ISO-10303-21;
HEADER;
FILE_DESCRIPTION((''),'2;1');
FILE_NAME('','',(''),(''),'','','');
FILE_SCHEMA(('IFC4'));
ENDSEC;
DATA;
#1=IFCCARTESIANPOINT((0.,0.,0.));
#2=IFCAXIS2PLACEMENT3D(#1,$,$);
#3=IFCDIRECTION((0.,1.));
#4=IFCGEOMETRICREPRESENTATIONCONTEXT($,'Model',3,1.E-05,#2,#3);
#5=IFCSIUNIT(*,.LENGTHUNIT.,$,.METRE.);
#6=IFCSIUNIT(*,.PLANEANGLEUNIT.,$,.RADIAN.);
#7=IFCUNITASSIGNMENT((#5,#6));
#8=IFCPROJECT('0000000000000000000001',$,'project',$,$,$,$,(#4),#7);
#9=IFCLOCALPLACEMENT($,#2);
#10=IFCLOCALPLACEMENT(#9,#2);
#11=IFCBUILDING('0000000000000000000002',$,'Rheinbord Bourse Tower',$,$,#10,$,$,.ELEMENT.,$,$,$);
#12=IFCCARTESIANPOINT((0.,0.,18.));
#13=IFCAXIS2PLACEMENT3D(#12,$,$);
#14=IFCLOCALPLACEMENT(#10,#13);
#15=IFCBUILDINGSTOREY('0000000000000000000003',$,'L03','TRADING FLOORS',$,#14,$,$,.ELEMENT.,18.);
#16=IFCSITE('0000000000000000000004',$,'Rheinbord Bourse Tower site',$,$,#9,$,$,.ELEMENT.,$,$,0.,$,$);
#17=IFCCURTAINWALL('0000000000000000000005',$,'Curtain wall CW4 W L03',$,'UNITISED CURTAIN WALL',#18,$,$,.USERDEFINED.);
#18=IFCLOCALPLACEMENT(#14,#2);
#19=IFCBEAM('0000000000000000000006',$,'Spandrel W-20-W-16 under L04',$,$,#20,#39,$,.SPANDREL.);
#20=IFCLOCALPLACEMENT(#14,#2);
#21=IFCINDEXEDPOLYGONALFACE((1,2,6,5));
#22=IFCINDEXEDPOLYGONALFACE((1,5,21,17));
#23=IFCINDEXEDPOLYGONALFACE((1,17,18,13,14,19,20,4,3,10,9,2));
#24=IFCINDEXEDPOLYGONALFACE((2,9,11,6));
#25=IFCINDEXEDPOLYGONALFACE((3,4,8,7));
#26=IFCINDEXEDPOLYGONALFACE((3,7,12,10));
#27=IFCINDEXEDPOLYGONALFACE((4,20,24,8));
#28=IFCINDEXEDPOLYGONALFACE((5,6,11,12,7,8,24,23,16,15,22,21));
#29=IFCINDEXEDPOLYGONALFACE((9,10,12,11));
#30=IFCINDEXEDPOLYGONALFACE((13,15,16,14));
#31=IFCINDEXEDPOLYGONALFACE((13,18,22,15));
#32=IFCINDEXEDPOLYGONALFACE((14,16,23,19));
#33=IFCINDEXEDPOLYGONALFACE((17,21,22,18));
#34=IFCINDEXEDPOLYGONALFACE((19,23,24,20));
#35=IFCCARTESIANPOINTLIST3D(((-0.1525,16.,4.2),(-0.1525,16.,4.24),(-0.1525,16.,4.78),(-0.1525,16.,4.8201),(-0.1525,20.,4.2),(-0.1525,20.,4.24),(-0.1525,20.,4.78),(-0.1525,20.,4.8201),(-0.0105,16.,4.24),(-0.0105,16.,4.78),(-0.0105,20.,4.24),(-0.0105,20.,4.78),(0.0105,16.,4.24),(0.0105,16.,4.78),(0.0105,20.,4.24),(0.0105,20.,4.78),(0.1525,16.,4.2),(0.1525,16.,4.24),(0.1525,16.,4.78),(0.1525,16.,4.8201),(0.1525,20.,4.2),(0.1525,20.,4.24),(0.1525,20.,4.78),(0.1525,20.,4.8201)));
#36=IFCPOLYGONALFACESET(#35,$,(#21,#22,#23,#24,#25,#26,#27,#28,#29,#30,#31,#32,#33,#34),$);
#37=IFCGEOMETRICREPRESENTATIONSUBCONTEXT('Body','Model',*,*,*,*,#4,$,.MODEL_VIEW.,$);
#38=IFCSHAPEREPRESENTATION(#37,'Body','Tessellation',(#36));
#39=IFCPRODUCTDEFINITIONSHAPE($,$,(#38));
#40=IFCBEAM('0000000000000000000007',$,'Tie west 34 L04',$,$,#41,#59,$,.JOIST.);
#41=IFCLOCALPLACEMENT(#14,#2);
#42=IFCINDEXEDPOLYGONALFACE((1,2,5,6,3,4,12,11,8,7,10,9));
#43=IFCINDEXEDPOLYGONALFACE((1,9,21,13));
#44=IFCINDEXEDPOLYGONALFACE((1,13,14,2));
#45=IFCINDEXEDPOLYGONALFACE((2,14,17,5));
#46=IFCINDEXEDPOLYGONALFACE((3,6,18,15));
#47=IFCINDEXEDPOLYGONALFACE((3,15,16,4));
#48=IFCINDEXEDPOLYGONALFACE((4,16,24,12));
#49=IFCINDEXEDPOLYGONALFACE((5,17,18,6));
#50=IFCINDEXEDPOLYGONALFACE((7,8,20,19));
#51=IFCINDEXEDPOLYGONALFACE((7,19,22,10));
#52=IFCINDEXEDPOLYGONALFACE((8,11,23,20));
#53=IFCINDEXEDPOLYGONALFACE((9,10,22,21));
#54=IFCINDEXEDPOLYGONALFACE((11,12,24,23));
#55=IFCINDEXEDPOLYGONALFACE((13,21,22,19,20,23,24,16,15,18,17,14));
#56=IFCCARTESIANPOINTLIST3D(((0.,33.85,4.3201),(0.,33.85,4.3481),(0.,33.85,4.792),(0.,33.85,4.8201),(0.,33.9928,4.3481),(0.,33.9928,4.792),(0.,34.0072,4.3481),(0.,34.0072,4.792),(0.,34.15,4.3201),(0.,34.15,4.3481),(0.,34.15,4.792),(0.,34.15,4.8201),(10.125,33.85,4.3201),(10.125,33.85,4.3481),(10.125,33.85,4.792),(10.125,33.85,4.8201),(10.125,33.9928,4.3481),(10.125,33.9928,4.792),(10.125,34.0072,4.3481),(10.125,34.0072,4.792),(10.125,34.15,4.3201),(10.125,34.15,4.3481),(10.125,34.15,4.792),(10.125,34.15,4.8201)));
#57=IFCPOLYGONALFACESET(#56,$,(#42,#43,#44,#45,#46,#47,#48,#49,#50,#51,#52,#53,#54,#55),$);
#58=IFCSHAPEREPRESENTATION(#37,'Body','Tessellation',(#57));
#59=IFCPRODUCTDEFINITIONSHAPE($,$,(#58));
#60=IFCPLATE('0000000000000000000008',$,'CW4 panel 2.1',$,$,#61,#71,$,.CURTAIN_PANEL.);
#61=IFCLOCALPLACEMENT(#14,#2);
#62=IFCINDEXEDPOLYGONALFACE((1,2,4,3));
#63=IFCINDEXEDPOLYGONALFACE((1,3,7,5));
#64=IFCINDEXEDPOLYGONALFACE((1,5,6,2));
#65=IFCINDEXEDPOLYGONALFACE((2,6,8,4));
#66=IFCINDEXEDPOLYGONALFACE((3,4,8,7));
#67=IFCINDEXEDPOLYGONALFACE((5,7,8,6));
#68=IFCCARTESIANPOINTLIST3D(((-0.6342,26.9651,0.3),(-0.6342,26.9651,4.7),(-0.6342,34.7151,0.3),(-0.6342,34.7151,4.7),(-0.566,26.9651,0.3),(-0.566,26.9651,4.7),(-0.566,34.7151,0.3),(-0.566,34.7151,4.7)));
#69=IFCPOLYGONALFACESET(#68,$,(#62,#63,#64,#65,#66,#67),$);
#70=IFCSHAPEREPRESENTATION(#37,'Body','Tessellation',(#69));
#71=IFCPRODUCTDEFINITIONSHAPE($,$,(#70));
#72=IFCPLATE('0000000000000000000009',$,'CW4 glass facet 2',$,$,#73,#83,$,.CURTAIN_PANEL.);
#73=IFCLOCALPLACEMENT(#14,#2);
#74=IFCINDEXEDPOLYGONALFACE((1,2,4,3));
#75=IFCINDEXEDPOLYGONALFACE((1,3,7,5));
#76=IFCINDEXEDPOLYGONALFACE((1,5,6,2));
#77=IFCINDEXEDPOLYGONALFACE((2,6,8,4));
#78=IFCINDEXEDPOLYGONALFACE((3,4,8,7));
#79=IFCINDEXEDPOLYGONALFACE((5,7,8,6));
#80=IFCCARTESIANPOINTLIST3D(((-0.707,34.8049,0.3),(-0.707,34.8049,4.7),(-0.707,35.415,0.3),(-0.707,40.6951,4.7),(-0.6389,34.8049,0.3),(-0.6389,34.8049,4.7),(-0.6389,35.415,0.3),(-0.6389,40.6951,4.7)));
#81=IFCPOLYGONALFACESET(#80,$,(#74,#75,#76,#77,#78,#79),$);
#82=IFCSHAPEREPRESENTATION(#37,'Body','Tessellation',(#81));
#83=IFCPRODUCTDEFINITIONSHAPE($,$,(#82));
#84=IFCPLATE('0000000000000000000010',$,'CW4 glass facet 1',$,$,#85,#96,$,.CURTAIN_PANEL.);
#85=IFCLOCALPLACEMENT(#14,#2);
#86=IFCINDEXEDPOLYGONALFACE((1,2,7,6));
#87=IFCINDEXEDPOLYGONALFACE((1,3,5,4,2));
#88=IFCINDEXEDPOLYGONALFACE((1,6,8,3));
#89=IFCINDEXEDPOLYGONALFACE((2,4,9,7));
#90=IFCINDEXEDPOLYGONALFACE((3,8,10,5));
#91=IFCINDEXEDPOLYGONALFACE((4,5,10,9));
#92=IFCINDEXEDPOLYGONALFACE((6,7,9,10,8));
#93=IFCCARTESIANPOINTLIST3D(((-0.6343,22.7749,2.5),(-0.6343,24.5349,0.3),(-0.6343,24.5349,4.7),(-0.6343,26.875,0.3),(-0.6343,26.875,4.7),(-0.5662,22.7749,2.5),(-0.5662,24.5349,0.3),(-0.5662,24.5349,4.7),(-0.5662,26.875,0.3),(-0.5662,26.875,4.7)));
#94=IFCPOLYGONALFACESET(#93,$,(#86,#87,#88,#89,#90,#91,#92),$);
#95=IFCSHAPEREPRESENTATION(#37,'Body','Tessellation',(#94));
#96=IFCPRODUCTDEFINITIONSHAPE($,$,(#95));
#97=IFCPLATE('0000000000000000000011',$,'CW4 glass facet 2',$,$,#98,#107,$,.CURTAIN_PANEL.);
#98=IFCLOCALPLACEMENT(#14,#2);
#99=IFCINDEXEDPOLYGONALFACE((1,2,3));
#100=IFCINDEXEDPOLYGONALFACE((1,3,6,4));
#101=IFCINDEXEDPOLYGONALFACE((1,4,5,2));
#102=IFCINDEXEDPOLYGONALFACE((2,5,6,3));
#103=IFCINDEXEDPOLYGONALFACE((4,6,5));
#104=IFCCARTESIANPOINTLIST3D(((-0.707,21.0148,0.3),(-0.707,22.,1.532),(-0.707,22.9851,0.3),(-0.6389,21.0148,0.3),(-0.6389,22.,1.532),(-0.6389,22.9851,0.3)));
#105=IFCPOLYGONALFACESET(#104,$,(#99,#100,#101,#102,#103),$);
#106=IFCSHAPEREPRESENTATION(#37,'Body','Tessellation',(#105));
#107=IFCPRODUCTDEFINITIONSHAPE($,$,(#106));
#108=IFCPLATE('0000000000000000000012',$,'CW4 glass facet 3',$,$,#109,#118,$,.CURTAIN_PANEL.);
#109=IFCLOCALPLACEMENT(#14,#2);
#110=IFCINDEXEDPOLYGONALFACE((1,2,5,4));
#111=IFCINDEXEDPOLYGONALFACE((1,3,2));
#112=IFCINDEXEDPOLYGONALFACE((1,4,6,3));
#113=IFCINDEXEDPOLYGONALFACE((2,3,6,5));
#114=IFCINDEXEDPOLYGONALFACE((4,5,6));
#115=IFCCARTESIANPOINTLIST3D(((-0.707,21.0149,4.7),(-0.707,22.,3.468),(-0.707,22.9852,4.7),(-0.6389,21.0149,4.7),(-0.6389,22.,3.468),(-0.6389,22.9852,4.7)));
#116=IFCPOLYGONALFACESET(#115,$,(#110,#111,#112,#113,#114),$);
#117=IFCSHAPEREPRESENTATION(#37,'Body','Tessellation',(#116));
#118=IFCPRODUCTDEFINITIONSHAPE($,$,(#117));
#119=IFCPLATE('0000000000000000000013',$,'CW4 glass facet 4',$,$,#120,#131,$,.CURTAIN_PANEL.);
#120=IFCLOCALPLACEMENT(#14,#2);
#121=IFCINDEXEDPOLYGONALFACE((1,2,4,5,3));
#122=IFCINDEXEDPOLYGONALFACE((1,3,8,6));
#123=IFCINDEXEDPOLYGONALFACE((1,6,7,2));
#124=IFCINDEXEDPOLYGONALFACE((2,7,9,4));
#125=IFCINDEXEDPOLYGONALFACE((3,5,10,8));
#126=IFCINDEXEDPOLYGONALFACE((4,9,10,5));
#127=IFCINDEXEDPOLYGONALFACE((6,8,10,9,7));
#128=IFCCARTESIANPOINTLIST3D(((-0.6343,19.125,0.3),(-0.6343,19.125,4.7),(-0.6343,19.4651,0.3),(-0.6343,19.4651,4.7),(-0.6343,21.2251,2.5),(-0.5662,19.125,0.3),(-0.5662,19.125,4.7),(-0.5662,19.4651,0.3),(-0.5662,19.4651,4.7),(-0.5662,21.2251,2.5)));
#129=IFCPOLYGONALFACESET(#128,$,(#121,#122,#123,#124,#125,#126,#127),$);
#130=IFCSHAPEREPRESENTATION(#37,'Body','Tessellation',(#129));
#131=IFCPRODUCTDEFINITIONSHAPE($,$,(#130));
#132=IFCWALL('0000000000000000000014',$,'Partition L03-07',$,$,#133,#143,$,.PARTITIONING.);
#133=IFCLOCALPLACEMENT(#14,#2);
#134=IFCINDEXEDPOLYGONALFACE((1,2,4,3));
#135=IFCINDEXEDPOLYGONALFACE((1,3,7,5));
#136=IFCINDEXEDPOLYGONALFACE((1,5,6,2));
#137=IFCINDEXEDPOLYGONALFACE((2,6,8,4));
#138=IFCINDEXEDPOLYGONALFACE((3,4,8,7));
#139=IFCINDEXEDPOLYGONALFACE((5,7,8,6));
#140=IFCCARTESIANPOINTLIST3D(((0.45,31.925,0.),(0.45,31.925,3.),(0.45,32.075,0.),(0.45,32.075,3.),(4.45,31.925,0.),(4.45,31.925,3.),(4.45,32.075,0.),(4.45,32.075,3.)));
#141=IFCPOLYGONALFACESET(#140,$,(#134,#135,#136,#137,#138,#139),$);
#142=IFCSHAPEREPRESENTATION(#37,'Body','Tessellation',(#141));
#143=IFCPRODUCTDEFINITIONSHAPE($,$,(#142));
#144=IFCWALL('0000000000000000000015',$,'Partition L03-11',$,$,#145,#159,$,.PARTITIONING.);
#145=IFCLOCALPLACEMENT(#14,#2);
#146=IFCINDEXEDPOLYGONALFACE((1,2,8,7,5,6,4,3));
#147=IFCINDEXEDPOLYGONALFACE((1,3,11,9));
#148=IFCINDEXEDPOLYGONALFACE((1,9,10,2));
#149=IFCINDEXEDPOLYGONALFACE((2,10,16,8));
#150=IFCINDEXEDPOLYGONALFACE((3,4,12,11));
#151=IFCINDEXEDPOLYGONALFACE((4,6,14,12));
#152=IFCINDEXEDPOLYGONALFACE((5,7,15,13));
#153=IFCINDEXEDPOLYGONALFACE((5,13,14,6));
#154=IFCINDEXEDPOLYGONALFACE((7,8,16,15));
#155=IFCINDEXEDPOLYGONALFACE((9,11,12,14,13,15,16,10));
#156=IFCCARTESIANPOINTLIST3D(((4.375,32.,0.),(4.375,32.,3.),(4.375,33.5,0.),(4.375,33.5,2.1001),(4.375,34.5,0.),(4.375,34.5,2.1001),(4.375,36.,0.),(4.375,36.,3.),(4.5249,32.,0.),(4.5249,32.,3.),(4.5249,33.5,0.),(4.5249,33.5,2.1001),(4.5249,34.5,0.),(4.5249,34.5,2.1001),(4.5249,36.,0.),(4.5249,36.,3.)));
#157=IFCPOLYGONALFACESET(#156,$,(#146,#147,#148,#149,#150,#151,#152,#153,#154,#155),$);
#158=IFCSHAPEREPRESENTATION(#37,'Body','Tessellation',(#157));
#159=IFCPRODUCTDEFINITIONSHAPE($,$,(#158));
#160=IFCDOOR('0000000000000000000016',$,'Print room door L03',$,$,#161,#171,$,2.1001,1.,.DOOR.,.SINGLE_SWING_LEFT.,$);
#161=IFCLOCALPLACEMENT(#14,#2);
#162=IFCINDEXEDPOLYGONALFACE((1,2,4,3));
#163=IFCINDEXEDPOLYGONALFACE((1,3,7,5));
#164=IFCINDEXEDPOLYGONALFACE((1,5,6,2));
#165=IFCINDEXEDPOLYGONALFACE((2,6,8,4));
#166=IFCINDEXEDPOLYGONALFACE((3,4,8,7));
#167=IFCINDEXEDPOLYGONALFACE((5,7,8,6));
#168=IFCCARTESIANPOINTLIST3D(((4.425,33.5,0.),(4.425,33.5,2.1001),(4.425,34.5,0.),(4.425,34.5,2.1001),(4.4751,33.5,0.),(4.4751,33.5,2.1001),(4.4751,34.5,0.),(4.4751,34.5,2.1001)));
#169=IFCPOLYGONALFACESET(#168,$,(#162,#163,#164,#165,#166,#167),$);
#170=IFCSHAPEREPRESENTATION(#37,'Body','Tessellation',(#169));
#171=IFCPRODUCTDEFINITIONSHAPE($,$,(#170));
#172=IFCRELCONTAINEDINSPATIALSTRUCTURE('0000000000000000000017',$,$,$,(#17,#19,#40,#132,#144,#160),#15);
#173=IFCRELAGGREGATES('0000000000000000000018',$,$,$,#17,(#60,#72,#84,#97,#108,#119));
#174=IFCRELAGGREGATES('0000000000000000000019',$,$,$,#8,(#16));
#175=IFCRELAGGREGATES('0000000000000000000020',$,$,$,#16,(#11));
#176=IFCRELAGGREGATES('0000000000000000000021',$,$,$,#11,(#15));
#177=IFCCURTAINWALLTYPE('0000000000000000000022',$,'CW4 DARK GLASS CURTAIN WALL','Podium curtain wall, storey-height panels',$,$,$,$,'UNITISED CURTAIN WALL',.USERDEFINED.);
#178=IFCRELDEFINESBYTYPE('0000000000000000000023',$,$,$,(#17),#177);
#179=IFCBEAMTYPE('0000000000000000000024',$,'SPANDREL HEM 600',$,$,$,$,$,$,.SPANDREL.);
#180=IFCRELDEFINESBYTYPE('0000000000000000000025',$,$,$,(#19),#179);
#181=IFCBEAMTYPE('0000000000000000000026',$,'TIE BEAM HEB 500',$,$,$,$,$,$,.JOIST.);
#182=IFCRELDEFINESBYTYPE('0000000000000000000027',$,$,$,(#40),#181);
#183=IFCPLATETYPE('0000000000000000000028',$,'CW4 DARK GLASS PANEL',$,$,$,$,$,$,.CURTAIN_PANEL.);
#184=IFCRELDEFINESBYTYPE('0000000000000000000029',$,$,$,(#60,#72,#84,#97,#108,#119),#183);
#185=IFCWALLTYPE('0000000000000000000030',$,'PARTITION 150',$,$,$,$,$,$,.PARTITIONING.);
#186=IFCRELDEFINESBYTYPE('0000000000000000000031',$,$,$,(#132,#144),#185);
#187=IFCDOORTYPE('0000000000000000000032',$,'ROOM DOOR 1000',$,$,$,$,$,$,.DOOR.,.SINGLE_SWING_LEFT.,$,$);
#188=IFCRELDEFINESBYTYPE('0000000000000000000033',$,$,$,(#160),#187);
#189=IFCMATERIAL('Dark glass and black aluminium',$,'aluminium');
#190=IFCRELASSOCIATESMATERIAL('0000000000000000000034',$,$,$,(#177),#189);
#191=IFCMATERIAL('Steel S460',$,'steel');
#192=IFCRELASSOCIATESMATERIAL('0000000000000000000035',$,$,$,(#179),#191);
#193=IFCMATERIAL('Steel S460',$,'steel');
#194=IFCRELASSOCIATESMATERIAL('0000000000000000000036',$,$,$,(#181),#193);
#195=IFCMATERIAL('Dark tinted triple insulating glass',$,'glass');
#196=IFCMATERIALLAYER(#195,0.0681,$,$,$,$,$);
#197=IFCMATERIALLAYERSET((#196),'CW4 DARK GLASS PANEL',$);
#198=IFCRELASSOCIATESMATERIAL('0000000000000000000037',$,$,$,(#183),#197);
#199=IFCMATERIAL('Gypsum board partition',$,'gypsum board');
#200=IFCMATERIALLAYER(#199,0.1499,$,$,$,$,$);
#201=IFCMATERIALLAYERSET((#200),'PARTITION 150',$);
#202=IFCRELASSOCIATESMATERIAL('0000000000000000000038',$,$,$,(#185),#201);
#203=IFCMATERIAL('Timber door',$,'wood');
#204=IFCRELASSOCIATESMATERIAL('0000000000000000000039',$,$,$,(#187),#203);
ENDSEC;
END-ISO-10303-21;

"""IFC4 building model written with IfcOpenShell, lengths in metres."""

from ifc_helpers import new_model, si_unit, direction, frame, frame_2d, origin, origin_2d, place, context, subcontext, project, spatial, polyline, rectangle, i_section, outline, extrude, material, layer, layer_set, material_profile, profile_set, type_object, element, fill, aggregate, save


model = new_model("IFC4")

# Units and contexts
model_context = context("Model", 3, precision=1e-05, world=origin(), true_north=direction((0.0, 1.0)))
body_context = subcontext(model_context, "Body", "Model", "MODEL_VIEW")
ifc_project = project(units=[si_unit("LENGTHUNIT", "METRE"), si_unit("PLANEANGLEUNIT", "RADIAN")], contexts=[model_context])

# Site, building, storey
site_placement = place(None, origin())
site = spatial("IfcSite", under=ifc_project, at=site_placement, Name="Rheinbord Bourse Tower site", CompositionType="ELEMENT", RefElevation=0.0)
building_placement = place(site_placement, origin())
building = spatial("IfcBuilding", under=site, at=building_placement, Name="Rheinbord Bourse Tower", CompositionType="ELEMENT")
storey_placement = place(building_placement, frame((0.0, 0.0, 18.0)))
storey = spatial("IfcBuildingStorey", under=building, at=storey_placement, Name="L03", Description="TRADING FLOORS", CompositionType="ELEMENT", Elevation=18.0)

# Curtain wall
ifc_material_1 = material(Name="Dark glass and black aluminium", Category="aluminium")
curtain_wall_type = type_object("IfcCurtainWallType", Name="CW4 DARK GLASS CURTAIN WALL", Description="Podium curtain wall, storey-height panels", ElementType="UNITISED CURTAIN WALL", PredefinedType="USERDEFINED", material=ifc_material_1)
curtain_wall_placement = place(storey_placement, origin())
curtain_wall = element("IfcCurtainWall", 1, at=curtain_wall_placement, inside=storey, type_object=curtain_wall_type, Name="Curtain wall CW4 W L03", ObjectType="UNITISED CURTAIN WALL", PredefinedType="USERDEFINED")

# Beams
ifc_material_2 = material(Name="Steel S460", Category="steel")
ifc_material_profile_1 = material_profile(ifc_material_2, i_section(OverallWidth=0.3049, OverallDepth=0.6201, WebThickness=0.021, FlangeThickness=0.04, at=origin_2d()), Name="HEM 600")
ifc_profile_set_1 = profile_set([ifc_material_profile_1], Name="Steel S460")
beam_type_1 = type_object("IfcBeamType", Name="SPANDREL HEM 600", PredefinedType="SPANDREL", material=ifc_profile_set_1)
for number, where, z_axis, x_axis, name in (
    (2, (0.0, 20.0, 4.51), (0.0, -1.0, 0.0), (1.0, 0.0, 0.0), "Spandrel W-20-W-16 under L04"),
):
    element("IfcBeam", number, at=place(storey_placement, frame(where, z_axis=z_axis, x_axis=x_axis)), inside=storey, type_object=beam_type_1, Name=name, PredefinedType="SPANDREL", context=body_context, shape_type="SweptSolid", body=[
        extrude(i_section(OverallWidth=0.3049, OverallDepth=0.6201, WebThickness=0.021, FlangeThickness=0.04, at=origin_2d()), origin(), (0.0, 0.0, 1.0), 4.0),
    ])
ifc_material_3 = material(Name="Steel S460", Category="steel")
ifc_material_profile_2 = material_profile(ifc_material_3, i_section(OverallWidth=0.3, OverallDepth=0.5, WebThickness=0.0144, FlangeThickness=0.0281, at=origin_2d()), Name="HEB 500")
ifc_profile_set_2 = profile_set([ifc_material_profile_2], Name="Steel S460")
beam_type_2 = type_object("IfcBeamType", Name="TIE BEAM HEB 500", PredefinedType="JOIST", material=ifc_profile_set_2)
beam_1_placement = place(storey_placement, frame((0.0, 34.0, 4.5701), z_axis=(1.0, 0.0, 0.0), x_axis=(0.0, 1.0, 0.0)))
element("IfcBeam", 3, at=beam_1_placement, inside=storey, type_object=beam_type_2, Name="Tie west 34 L04", PredefinedType="JOIST", context=body_context, shape_type="SweptSolid", body=[
    extrude(i_section(OverallWidth=0.3, OverallDepth=0.5, WebThickness=0.0144, FlangeThickness=0.0281, at=origin_2d()), origin(), (0.0, 0.0, 1.0), 10.125),
])

# Plates
ifc_material_4 = material(Name="Dark tinted triple insulating glass", Category="glass")
ifc_layer_1 = layer(ifc_material_4, 0.0681)
ifc_layer_set_1 = layer_set([ifc_layer_1], Name="CW4 DARK GLASS PANEL")
plate_type = type_object("IfcPlateType", Name="CW4 DARK GLASS PANEL", PredefinedType="CURTAIN_PANEL", material=ifc_layer_set_1)
plate_1_placement = place(storey_placement, frame((-0.6001, 30.8401, 0.3), z_axis=(0.0, 0.0, 1.0), x_axis=(0.0, -1.0, 0.0)))
plate_1 = element("IfcPlate", 4, at=plate_1_placement, type_object=plate_type, Name="CW4 panel 2.1", PredefinedType="CURTAIN_PANEL", context=body_context, shape_type="SweptSolid", body=[
    extrude(rectangle(XDim=7.75, YDim=0.0681, at=origin_2d()), origin(), (0.0, 0.0, 1.0), 4.3999),
])
plate_2_placement = place(storey_placement, frame((-0.707, 34.8049, 4.7), z_axis=(1.0, 0.0, 0.0), x_axis=(0.0, 0.0, -1.0)))
plate_2 = element("IfcPlate", 5, at=plate_2_placement, type_object=plate_type, Name="CW4 glass facet 2", PredefinedType="CURTAIN_PANEL", context=body_context, shape_type="SweptSolid", body=[
    extrude(outline(polyline([(0.0, 0.0), (4.3999, 0.0), (4.3999, 0.6101), (0.0, 5.8901), (0.0, 0.0)])), origin(), (0.0, 0.0, 1.0), 0.0681),
])
plate_3_placement = place(storey_placement, frame((-0.6343, 26.875, 0.3), z_axis=(1.0, 0.0, 0.0), x_axis=(0.0, 0.0, 1.0)))
plate_3 = element("IfcPlate", 6, at=plate_3_placement, type_object=plate_type, Name="CW4 glass facet 1", PredefinedType="CURTAIN_PANEL", context=body_context, shape_type="SweptSolid", body=[
    extrude(outline(polyline([(0.0, 0.0), (4.3999, 0.0), (4.3999, 2.3401), (2.2, 4.1001), (0.0, 2.3401), (0.0, 0.0)])), origin(), (0.0, 0.0, 1.0), 0.0681),
])
plate_4_placement = place(storey_placement, frame((-0.707, 22.9851, 0.3), z_axis=(1.0, 0.0, 0.0), x_axis=(0.0, -0.624525, 0.781005)))
plate_4 = element("IfcPlate", 7, at=plate_4_placement, type_object=plate_type, Name="CW4 glass facet 2", PredefinedType="CURTAIN_PANEL", context=body_context, shape_type="SweptSolid", body=[
    extrude(outline(polyline([(0.0, 0.0), (1.5774, 0.0), (1.2305, 1.5388), (0.0, 0.0)])), origin(), (0.0, 0.0, 1.0), 0.0681),
])
plate_5_placement = place(storey_placement, frame((-0.707, 21.0149, 4.7), z_axis=(1.0, 0.0, 0.0), x_axis=(0.0, 0.624525, -0.781005)))
plate_5 = element("IfcPlate", 8, at=plate_5_placement, type_object=plate_type, Name="CW4 glass facet 3", PredefinedType="CURTAIN_PANEL", context=body_context, shape_type="SweptSolid", body=[
    extrude(outline(polyline([(0.0, 0.0), (1.5774, 0.0), (1.2305, 1.5388), (0.0, 0.0)])), origin(), (0.0, 0.0, 1.0), 0.0681),
])
plate_6_placement = place(storey_placement, frame((-0.6343, 19.125, 4.7), z_axis=(1.0, 0.0, 0.0), x_axis=(0.0, 0.0, -1.0)))
plate_6 = element("IfcPlate", 9, at=plate_6_placement, type_object=plate_type, Name="CW4 glass facet 4", PredefinedType="CURTAIN_PANEL", context=body_context, shape_type="SweptSolid", body=[
    extrude(outline(polyline([(0.0, 0.0), (4.3999, 0.0), (4.3999, 0.3401), (2.2, 2.1001), (0.0, 0.3401), (0.0, 0.0)])), origin(), (0.0, 0.0, 1.0), 0.0681),
])
aggregate(curtain_wall, [plate_1, plate_2, plate_3, plate_4, plate_5, plate_6])

# Wall
ifc_material_5 = material(Name="Gypsum board partition", Category="gypsum board")
ifc_layer_2 = layer(ifc_material_5, 0.1499)
ifc_layer_set_2 = layer_set([ifc_layer_2], Name="PARTITION 150")
wall_type = type_object("IfcWallType", Name="PARTITION 150", PredefinedType="PARTITIONING", material=ifc_layer_set_2)
wall_1_placement = place(storey_placement, frame((0.45, 32.0, 0.0), z_axis=(0.0, 0.0, 1.0), x_axis=(1.0, 0.0, 0.0)))
element("IfcWall", 10, at=wall_1_placement, inside=storey, type_object=wall_type, Name="Partition L03-07", PredefinedType="PARTITIONING", context=body_context, shape_type="SweptSolid", body=[
    extrude(rectangle(XDim=4.0, YDim=0.1499, at=frame_2d((2.0, 0.0))), origin(), (0.0, 0.0, 1.0), 3.0),
])

# Wall, opening, door
wall_2_placement = place(storey_placement, frame((4.45, 32.0, 0.0), z_axis=(0.0, 0.0, 1.0), x_axis=(0.0, 1.0, 0.0)))
wall_2 = element("IfcWall", 11, at=wall_2_placement, inside=storey, type_object=wall_type, Name="Partition L03-11", PredefinedType="PARTITIONING", context=body_context, shape_type="SweptSolid", body=[
    extrude(rectangle(XDim=4.0, YDim=0.1499, at=frame_2d((2.0, 0.0))), origin(), (0.0, 0.0, 1.0), 3.0),
])
opening_placement = place(wall_2_placement, frame((1.5, 0.0, 0.0)))
opening = element("IfcOpeningElement", 12, at=opening_placement, cuts=wall_2, PredefinedType="OPENING", context=body_context, shape_type="SweptSolid", body=[
    extrude(rectangle(XDim=1.0, YDim=2.1001, at=frame_2d((0.5, 1.05))), frame((0.0, 0.085, 0.0), z_axis=(0.0, -1.0, 0.0), x_axis=(1.0, 0.0, 0.0)), (0.0, 0.0, 1.0), 0.1699),
])
ifc_material_6 = material(Name="Timber door", Category="wood")
door_type = type_object("IfcDoorType", Name="ROOM DOOR 1000", OperationType="SINGLE_SWING_LEFT", PredefinedType="DOOR", material=ifc_material_6)
door_placement = place(opening_placement, origin())
door = element("IfcDoor", 13, at=door_placement, inside=storey, type_object=door_type, Name="Print room door L03", OperationType="SINGLE_SWING_LEFT", OverallHeight=2.1001, OverallWidth=1.0, PredefinedType="DOOR", context=body_context, shape_type="SweptSolid", body=[
    extrude(rectangle(XDim=1.0, YDim=2.1001, at=frame_2d((0.5, 1.05))), frame((0.0, 0.0249, 0.0), z_axis=(0.0, -1.0, 0.0), x_axis=(1.0, 0.0, 0.0)), (0.0, 0.0, 1.0), 0.05),
])
fill(opening, door)

save(model, "model.ifc")
